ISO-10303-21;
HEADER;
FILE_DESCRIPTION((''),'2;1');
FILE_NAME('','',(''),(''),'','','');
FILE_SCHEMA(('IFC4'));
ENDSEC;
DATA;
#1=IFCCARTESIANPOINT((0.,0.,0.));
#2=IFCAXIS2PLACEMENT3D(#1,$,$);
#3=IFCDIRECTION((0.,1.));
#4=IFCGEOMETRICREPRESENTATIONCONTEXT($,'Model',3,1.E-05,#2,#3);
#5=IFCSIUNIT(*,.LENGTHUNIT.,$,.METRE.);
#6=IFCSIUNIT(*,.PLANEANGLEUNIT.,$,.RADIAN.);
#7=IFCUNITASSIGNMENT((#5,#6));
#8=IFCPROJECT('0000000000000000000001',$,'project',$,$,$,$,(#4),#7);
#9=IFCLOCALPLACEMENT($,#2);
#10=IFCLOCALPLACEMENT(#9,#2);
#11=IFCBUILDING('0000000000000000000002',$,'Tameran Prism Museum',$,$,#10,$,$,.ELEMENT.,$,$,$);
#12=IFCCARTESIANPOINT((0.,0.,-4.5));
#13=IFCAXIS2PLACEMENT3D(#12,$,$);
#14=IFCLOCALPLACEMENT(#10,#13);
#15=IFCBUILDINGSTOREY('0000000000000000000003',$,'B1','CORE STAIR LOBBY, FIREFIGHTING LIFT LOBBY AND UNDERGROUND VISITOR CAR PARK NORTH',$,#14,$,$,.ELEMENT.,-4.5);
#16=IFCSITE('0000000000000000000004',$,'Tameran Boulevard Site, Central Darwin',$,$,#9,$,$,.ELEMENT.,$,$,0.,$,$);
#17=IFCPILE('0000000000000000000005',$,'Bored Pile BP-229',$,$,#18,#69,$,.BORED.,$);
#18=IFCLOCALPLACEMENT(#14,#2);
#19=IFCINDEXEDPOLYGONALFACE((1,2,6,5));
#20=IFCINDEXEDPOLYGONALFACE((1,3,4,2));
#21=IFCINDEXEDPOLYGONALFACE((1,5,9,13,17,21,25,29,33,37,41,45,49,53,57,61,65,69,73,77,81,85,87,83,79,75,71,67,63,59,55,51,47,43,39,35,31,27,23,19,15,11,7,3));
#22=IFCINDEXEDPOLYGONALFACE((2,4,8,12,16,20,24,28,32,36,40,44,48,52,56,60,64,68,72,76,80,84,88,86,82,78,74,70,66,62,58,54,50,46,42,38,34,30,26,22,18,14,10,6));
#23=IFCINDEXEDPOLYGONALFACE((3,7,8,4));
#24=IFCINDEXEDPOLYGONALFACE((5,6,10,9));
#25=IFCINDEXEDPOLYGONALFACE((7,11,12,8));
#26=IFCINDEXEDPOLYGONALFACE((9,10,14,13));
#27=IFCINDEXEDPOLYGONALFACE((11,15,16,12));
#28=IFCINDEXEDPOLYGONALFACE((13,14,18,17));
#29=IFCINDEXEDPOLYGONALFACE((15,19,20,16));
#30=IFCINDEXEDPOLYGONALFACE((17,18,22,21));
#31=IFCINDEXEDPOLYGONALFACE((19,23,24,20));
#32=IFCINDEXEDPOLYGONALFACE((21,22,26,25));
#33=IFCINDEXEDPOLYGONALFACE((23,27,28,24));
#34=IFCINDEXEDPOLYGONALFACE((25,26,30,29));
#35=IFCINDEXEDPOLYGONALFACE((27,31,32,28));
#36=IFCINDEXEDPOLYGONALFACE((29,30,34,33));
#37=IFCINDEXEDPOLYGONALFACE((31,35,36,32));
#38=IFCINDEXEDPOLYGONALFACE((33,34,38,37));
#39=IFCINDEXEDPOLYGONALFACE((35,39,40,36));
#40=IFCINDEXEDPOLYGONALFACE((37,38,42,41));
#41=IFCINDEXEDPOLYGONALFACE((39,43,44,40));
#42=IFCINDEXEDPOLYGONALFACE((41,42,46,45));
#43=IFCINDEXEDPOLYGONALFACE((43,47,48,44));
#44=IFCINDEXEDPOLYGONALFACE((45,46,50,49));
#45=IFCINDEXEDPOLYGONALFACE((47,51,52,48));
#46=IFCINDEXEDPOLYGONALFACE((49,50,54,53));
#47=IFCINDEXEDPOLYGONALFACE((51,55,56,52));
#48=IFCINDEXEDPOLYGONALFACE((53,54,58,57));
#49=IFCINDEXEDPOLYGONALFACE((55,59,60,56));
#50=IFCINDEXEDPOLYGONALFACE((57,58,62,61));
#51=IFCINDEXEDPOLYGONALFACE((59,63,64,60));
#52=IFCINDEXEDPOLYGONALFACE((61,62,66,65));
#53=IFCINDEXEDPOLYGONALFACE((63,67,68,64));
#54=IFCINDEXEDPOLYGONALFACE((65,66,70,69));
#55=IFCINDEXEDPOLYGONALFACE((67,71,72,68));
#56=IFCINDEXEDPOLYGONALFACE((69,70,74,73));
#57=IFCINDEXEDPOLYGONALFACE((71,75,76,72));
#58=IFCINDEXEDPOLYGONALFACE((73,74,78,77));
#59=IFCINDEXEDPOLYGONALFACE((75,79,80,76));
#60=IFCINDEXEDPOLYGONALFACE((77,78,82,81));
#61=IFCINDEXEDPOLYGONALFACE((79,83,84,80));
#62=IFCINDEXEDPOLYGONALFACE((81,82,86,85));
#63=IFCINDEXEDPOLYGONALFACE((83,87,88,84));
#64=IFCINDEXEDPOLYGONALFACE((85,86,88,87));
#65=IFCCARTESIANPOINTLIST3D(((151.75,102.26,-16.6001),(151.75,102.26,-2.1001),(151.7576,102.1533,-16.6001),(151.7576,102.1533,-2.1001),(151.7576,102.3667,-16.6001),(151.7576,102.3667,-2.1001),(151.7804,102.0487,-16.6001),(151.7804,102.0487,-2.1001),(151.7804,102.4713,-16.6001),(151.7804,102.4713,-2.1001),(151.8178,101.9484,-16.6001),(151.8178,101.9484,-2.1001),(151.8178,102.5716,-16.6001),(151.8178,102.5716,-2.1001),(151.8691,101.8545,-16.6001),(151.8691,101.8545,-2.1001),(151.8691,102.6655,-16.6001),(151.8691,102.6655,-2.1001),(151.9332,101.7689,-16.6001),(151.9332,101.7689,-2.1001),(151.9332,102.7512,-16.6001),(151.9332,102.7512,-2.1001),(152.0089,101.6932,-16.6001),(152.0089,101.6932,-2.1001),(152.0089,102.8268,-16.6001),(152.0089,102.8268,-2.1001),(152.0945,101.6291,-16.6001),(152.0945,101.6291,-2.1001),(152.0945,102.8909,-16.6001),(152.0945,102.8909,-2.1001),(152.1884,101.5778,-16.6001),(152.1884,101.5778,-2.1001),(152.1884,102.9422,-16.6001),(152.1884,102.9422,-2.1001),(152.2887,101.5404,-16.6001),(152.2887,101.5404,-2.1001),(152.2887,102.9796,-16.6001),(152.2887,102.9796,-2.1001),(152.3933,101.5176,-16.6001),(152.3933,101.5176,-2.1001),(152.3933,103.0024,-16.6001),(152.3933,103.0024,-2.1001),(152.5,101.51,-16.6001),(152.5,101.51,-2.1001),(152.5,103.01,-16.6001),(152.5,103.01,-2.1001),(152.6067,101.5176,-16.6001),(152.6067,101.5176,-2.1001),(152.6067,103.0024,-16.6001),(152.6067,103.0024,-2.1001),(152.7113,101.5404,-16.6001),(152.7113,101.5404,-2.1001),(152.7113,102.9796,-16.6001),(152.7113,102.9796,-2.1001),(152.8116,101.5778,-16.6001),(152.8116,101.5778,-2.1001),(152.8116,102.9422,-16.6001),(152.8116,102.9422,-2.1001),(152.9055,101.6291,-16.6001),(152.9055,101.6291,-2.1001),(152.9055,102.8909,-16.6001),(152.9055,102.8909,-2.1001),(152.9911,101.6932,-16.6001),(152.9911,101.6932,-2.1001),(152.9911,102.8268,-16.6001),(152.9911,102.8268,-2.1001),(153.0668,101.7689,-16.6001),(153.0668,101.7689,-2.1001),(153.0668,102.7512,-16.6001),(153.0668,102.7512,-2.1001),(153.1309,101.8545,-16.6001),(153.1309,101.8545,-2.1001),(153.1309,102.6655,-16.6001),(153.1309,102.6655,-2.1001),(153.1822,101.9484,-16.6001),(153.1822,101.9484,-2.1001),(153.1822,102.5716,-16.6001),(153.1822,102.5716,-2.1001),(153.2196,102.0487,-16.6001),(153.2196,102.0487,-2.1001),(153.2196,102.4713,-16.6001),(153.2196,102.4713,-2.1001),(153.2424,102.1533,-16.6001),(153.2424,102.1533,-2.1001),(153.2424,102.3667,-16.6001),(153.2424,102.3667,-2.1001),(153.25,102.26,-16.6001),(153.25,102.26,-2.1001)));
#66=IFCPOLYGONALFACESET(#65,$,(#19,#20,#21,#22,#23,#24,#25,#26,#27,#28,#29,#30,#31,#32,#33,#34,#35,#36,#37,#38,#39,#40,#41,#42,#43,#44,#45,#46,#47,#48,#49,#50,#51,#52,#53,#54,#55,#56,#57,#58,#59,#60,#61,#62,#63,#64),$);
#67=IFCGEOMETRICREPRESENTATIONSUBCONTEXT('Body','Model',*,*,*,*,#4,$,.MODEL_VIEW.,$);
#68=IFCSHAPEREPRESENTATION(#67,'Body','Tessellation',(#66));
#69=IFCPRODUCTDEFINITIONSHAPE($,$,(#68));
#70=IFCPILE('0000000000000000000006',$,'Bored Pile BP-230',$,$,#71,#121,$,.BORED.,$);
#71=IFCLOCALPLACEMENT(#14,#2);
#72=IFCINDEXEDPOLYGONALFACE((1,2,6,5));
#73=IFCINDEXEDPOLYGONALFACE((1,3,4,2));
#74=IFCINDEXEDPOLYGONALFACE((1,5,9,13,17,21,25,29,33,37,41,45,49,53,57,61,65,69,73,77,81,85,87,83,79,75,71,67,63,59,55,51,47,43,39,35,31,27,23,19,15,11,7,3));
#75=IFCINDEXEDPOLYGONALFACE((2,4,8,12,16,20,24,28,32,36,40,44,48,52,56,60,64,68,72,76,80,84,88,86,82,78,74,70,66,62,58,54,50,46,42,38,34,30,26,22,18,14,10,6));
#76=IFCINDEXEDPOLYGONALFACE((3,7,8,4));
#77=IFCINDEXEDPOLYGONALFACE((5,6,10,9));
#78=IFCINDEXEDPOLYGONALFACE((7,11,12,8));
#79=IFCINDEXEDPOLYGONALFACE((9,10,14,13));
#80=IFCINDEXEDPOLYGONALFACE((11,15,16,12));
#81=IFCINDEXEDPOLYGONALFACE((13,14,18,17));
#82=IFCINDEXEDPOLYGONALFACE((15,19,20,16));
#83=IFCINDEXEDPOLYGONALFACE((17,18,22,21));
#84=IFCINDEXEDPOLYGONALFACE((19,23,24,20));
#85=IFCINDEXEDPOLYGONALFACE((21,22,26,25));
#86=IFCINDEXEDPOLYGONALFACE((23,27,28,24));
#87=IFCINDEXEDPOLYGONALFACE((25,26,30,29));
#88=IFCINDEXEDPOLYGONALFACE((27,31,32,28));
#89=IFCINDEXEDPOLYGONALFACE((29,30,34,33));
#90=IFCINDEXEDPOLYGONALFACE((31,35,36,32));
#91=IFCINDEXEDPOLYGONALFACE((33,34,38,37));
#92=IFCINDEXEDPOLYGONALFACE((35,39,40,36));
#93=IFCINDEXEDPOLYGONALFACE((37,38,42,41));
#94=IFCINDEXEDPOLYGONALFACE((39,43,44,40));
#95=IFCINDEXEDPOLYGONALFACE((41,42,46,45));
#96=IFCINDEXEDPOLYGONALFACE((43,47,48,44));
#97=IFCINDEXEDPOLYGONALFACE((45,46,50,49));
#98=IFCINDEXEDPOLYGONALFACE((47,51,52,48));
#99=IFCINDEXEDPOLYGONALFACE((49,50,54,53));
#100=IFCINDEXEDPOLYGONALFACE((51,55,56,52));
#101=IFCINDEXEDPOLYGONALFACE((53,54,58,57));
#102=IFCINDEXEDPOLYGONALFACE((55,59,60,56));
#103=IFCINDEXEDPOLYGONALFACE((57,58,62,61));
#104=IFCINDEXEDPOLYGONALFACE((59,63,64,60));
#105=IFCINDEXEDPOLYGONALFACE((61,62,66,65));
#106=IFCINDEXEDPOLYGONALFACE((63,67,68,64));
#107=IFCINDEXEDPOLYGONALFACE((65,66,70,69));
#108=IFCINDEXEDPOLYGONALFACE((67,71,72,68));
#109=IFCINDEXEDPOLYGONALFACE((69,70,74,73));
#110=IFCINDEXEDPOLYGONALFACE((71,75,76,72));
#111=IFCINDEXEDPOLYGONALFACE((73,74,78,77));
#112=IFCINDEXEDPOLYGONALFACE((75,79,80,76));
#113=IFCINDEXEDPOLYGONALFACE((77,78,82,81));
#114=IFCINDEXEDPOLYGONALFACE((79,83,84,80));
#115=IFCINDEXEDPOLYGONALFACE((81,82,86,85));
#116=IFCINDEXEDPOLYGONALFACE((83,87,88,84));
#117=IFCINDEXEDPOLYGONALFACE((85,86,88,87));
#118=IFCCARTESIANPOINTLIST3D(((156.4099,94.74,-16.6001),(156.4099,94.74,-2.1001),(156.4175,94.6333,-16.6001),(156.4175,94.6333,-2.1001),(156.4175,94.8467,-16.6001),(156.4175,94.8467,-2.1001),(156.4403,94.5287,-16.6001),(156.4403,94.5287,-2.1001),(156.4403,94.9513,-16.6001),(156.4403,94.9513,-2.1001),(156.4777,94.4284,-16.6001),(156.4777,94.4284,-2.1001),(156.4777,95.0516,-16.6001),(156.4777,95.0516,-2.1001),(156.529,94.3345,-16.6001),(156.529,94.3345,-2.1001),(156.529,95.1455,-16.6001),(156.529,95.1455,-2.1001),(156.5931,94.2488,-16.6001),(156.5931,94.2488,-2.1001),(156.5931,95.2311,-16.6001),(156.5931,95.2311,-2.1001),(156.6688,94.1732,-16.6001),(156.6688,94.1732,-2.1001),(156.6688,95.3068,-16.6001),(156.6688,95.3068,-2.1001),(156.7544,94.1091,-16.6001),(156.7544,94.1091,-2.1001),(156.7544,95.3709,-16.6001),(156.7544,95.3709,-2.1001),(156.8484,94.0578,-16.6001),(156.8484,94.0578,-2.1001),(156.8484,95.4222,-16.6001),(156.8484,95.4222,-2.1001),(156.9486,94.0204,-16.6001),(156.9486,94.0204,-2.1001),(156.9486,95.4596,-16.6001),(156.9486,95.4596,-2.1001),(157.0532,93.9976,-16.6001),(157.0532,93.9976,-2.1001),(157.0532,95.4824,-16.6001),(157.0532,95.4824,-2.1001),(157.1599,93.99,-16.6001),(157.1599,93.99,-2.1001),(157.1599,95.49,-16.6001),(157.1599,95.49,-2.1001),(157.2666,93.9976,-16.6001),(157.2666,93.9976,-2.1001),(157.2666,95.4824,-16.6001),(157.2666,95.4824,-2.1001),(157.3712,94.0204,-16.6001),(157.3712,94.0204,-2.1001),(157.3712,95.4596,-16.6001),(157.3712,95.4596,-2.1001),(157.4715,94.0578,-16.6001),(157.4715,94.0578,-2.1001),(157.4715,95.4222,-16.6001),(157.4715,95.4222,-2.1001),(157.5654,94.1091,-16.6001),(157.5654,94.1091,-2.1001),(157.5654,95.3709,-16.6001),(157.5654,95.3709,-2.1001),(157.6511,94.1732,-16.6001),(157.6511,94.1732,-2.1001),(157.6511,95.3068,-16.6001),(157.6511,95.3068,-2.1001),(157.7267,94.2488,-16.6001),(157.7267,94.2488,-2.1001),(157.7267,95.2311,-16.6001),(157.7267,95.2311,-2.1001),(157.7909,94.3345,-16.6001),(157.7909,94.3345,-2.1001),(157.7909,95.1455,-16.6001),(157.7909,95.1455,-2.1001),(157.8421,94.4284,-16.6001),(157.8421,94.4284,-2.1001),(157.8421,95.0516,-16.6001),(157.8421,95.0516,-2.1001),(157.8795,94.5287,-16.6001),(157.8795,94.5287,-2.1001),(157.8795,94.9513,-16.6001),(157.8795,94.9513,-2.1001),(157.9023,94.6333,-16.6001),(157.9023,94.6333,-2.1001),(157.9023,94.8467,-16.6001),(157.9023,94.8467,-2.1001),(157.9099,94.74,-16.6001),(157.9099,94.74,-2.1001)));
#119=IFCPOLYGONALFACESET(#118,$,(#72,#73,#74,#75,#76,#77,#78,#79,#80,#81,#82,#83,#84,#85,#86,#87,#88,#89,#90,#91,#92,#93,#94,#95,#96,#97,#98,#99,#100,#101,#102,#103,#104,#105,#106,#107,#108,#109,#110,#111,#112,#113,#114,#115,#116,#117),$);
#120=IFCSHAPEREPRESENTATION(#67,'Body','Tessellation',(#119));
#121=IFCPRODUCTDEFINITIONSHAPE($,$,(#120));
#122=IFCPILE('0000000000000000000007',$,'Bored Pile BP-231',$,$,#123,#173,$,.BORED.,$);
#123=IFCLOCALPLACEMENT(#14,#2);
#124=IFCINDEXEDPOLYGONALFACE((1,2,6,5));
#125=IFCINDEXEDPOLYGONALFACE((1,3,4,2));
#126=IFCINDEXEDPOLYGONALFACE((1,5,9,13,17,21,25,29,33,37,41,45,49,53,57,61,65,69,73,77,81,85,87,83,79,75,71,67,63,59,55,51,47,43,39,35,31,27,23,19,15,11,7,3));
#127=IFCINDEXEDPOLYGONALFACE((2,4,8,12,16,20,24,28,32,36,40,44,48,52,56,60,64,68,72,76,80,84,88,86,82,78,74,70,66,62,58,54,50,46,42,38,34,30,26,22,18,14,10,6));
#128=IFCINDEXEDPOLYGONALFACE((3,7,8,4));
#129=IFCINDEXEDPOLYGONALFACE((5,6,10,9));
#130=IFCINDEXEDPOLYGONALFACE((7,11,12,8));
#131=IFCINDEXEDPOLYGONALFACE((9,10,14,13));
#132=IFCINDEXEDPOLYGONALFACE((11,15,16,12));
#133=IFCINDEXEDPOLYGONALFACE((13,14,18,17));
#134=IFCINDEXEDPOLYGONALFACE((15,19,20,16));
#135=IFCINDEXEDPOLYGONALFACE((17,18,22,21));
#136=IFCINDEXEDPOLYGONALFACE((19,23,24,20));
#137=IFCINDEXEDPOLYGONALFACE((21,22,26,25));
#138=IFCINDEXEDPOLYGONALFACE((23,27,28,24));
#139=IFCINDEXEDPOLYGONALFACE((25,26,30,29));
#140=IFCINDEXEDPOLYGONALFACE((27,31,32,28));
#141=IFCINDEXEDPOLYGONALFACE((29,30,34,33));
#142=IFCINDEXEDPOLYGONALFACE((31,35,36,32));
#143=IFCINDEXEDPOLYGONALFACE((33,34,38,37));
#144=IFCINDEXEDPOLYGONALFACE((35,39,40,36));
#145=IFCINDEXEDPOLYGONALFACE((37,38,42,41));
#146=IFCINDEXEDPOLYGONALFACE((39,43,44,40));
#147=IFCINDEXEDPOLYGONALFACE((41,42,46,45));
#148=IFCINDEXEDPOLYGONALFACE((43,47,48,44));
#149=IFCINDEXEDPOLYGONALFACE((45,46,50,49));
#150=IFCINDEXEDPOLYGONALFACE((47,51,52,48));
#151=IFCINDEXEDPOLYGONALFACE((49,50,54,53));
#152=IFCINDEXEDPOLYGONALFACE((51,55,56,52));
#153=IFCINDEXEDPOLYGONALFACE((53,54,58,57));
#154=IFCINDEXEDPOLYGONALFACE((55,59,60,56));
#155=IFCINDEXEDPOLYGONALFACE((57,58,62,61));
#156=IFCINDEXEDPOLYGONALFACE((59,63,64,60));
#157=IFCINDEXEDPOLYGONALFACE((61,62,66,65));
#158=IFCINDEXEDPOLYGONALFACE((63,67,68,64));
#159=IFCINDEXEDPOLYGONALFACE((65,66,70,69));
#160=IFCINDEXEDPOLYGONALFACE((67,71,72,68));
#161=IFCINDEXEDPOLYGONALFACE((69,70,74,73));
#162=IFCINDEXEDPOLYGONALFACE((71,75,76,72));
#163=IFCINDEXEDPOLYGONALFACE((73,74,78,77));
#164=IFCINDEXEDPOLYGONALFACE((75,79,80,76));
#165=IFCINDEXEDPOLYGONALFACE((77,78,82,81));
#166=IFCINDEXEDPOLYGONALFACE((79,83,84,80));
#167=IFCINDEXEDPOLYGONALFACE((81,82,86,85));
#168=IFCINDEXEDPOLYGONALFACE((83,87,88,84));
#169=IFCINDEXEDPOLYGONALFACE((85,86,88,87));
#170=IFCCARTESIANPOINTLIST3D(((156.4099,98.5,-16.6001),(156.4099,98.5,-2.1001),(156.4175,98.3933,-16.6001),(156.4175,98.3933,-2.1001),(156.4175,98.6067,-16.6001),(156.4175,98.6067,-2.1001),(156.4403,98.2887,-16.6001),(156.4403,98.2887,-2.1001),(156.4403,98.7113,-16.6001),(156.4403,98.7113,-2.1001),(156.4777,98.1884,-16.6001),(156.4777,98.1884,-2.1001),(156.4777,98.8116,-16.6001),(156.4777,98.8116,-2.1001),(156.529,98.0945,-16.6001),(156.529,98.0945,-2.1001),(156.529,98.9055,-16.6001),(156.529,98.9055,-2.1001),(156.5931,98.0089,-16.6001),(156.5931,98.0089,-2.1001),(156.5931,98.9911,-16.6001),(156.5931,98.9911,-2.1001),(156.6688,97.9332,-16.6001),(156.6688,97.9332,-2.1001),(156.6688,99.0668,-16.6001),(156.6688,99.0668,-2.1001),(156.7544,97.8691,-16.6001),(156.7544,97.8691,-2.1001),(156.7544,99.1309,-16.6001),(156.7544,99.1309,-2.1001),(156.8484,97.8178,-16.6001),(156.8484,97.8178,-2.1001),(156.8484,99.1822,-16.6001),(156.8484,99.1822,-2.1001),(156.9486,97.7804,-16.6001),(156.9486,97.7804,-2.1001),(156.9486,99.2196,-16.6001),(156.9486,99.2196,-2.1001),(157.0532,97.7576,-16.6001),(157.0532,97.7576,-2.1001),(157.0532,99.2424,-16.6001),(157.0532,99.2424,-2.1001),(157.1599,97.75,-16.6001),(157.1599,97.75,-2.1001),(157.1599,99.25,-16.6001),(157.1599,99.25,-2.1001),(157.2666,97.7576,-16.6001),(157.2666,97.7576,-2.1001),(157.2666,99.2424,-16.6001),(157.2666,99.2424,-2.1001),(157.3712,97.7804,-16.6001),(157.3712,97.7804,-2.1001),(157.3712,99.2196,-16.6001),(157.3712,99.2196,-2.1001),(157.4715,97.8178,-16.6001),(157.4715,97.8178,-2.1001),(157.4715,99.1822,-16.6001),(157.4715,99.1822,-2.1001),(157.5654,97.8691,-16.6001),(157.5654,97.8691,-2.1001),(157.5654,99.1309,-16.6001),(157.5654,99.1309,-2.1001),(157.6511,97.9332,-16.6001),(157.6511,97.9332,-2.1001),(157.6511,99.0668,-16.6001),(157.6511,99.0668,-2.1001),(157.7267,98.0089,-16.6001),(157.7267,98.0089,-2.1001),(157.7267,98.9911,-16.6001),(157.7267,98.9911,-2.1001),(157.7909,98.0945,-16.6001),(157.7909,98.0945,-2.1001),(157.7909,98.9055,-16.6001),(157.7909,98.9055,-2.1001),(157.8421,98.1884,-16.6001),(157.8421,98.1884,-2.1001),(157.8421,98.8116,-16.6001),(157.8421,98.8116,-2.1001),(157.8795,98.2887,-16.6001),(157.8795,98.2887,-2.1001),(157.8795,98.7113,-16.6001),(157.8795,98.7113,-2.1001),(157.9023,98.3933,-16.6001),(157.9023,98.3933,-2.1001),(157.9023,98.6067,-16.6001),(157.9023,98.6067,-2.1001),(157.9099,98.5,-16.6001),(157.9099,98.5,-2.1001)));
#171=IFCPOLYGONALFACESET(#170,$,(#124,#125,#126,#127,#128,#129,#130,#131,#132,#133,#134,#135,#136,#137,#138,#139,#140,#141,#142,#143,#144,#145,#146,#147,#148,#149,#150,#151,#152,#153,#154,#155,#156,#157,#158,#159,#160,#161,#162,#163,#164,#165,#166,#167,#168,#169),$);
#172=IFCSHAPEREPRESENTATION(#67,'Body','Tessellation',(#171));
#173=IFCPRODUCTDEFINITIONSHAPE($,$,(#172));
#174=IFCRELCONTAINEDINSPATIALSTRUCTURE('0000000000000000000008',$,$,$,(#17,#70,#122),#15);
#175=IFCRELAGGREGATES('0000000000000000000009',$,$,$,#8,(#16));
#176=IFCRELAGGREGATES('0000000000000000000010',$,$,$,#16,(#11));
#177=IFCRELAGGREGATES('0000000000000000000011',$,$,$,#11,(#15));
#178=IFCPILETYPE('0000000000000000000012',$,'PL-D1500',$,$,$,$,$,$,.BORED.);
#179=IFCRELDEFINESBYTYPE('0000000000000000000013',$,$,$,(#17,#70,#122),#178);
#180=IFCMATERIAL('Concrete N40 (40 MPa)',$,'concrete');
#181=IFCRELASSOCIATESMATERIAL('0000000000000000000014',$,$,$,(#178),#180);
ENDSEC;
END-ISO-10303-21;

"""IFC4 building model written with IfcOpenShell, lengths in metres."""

from ifc_helpers import new_model, si_unit, direction, frame, origin, origin_2d, place, context, subcontext, project, spatial, circle, extrude, material, material_profile, profile_set, type_object, element, save


model = new_model("IFC4")

# Units and contexts
model_context = context("Model", 3, precision=1e-05, world=origin(), true_north=direction((0.0, 1.0)))
body_context = subcontext(model_context, "Body", "Model", "MODEL_VIEW")
ifc_project = project(units=[si_unit("LENGTHUNIT", "METRE"), si_unit("PLANEANGLEUNIT", "RADIAN")], contexts=[model_context])

# Site, building, storey
site_placement = place(None, origin())
site = spatial("IfcSite", under=ifc_project, at=site_placement, Name="Tameran Boulevard Site, Central Darwin", CompositionType="ELEMENT", RefElevation=0.0)
building_placement = place(site_placement, origin())
building = spatial("IfcBuilding", under=site, at=building_placement, Name="Tameran Prism Museum", CompositionType="ELEMENT")
storey_placement = place(building_placement, frame((0.0, 0.0, -4.5)))
storey = spatial("IfcBuildingStorey", under=building, at=storey_placement, Name="B1", Description="CORE STAIR LOBBY, FIREFIGHTING LIFT LOBBY AND UNDERGROUND VISITOR CAR PARK NORTH", CompositionType="ELEMENT", Elevation=-4.5)

# Piles
ifc_material_1 = material(Name="Concrete N40 (40 MPa)", Category="concrete")
ifc_material_profile_1 = material_profile(ifc_material_1, circle(Radius=0.75, at=origin_2d()))
ifc_profile_set_1 = profile_set([ifc_material_profile_1])
pile_type_1 = type_object("IfcPileType", Name="PL-D1500", PredefinedType="BORED", material=ifc_profile_set_1)
for number, where, z_axis, x_axis, name in (
    (1, (152.5, 102.26, -2.1001), (0.0, 0.0, -1.0), (1.0, 0.0, 0.0), "Bored Pile BP-229"),
    (2, (157.1599, 94.74, -2.1001), (0.0, 0.0, -1.0), (1.0, 0.0, 0.0), "Bored Pile BP-230"),
    (3, (157.1599, 98.5, -2.1001), (0.0, 0.0, -1.0), (1.0, 0.0, 0.0), "Bored Pile BP-231"),
):
    element("IfcPile", number, at=place(storey_placement, frame(where, z_axis=z_axis, x_axis=x_axis)), inside=storey, type_object=pile_type_1, Name=name, PredefinedType="BORED", context=body_context, shape_type="SweptSolid", body=[
        extrude(circle(Radius=0.75, at=origin_2d()), origin(), (0.0, 0.0, 1.0), 14.5),
    ])

save(model, "model.ifc")
